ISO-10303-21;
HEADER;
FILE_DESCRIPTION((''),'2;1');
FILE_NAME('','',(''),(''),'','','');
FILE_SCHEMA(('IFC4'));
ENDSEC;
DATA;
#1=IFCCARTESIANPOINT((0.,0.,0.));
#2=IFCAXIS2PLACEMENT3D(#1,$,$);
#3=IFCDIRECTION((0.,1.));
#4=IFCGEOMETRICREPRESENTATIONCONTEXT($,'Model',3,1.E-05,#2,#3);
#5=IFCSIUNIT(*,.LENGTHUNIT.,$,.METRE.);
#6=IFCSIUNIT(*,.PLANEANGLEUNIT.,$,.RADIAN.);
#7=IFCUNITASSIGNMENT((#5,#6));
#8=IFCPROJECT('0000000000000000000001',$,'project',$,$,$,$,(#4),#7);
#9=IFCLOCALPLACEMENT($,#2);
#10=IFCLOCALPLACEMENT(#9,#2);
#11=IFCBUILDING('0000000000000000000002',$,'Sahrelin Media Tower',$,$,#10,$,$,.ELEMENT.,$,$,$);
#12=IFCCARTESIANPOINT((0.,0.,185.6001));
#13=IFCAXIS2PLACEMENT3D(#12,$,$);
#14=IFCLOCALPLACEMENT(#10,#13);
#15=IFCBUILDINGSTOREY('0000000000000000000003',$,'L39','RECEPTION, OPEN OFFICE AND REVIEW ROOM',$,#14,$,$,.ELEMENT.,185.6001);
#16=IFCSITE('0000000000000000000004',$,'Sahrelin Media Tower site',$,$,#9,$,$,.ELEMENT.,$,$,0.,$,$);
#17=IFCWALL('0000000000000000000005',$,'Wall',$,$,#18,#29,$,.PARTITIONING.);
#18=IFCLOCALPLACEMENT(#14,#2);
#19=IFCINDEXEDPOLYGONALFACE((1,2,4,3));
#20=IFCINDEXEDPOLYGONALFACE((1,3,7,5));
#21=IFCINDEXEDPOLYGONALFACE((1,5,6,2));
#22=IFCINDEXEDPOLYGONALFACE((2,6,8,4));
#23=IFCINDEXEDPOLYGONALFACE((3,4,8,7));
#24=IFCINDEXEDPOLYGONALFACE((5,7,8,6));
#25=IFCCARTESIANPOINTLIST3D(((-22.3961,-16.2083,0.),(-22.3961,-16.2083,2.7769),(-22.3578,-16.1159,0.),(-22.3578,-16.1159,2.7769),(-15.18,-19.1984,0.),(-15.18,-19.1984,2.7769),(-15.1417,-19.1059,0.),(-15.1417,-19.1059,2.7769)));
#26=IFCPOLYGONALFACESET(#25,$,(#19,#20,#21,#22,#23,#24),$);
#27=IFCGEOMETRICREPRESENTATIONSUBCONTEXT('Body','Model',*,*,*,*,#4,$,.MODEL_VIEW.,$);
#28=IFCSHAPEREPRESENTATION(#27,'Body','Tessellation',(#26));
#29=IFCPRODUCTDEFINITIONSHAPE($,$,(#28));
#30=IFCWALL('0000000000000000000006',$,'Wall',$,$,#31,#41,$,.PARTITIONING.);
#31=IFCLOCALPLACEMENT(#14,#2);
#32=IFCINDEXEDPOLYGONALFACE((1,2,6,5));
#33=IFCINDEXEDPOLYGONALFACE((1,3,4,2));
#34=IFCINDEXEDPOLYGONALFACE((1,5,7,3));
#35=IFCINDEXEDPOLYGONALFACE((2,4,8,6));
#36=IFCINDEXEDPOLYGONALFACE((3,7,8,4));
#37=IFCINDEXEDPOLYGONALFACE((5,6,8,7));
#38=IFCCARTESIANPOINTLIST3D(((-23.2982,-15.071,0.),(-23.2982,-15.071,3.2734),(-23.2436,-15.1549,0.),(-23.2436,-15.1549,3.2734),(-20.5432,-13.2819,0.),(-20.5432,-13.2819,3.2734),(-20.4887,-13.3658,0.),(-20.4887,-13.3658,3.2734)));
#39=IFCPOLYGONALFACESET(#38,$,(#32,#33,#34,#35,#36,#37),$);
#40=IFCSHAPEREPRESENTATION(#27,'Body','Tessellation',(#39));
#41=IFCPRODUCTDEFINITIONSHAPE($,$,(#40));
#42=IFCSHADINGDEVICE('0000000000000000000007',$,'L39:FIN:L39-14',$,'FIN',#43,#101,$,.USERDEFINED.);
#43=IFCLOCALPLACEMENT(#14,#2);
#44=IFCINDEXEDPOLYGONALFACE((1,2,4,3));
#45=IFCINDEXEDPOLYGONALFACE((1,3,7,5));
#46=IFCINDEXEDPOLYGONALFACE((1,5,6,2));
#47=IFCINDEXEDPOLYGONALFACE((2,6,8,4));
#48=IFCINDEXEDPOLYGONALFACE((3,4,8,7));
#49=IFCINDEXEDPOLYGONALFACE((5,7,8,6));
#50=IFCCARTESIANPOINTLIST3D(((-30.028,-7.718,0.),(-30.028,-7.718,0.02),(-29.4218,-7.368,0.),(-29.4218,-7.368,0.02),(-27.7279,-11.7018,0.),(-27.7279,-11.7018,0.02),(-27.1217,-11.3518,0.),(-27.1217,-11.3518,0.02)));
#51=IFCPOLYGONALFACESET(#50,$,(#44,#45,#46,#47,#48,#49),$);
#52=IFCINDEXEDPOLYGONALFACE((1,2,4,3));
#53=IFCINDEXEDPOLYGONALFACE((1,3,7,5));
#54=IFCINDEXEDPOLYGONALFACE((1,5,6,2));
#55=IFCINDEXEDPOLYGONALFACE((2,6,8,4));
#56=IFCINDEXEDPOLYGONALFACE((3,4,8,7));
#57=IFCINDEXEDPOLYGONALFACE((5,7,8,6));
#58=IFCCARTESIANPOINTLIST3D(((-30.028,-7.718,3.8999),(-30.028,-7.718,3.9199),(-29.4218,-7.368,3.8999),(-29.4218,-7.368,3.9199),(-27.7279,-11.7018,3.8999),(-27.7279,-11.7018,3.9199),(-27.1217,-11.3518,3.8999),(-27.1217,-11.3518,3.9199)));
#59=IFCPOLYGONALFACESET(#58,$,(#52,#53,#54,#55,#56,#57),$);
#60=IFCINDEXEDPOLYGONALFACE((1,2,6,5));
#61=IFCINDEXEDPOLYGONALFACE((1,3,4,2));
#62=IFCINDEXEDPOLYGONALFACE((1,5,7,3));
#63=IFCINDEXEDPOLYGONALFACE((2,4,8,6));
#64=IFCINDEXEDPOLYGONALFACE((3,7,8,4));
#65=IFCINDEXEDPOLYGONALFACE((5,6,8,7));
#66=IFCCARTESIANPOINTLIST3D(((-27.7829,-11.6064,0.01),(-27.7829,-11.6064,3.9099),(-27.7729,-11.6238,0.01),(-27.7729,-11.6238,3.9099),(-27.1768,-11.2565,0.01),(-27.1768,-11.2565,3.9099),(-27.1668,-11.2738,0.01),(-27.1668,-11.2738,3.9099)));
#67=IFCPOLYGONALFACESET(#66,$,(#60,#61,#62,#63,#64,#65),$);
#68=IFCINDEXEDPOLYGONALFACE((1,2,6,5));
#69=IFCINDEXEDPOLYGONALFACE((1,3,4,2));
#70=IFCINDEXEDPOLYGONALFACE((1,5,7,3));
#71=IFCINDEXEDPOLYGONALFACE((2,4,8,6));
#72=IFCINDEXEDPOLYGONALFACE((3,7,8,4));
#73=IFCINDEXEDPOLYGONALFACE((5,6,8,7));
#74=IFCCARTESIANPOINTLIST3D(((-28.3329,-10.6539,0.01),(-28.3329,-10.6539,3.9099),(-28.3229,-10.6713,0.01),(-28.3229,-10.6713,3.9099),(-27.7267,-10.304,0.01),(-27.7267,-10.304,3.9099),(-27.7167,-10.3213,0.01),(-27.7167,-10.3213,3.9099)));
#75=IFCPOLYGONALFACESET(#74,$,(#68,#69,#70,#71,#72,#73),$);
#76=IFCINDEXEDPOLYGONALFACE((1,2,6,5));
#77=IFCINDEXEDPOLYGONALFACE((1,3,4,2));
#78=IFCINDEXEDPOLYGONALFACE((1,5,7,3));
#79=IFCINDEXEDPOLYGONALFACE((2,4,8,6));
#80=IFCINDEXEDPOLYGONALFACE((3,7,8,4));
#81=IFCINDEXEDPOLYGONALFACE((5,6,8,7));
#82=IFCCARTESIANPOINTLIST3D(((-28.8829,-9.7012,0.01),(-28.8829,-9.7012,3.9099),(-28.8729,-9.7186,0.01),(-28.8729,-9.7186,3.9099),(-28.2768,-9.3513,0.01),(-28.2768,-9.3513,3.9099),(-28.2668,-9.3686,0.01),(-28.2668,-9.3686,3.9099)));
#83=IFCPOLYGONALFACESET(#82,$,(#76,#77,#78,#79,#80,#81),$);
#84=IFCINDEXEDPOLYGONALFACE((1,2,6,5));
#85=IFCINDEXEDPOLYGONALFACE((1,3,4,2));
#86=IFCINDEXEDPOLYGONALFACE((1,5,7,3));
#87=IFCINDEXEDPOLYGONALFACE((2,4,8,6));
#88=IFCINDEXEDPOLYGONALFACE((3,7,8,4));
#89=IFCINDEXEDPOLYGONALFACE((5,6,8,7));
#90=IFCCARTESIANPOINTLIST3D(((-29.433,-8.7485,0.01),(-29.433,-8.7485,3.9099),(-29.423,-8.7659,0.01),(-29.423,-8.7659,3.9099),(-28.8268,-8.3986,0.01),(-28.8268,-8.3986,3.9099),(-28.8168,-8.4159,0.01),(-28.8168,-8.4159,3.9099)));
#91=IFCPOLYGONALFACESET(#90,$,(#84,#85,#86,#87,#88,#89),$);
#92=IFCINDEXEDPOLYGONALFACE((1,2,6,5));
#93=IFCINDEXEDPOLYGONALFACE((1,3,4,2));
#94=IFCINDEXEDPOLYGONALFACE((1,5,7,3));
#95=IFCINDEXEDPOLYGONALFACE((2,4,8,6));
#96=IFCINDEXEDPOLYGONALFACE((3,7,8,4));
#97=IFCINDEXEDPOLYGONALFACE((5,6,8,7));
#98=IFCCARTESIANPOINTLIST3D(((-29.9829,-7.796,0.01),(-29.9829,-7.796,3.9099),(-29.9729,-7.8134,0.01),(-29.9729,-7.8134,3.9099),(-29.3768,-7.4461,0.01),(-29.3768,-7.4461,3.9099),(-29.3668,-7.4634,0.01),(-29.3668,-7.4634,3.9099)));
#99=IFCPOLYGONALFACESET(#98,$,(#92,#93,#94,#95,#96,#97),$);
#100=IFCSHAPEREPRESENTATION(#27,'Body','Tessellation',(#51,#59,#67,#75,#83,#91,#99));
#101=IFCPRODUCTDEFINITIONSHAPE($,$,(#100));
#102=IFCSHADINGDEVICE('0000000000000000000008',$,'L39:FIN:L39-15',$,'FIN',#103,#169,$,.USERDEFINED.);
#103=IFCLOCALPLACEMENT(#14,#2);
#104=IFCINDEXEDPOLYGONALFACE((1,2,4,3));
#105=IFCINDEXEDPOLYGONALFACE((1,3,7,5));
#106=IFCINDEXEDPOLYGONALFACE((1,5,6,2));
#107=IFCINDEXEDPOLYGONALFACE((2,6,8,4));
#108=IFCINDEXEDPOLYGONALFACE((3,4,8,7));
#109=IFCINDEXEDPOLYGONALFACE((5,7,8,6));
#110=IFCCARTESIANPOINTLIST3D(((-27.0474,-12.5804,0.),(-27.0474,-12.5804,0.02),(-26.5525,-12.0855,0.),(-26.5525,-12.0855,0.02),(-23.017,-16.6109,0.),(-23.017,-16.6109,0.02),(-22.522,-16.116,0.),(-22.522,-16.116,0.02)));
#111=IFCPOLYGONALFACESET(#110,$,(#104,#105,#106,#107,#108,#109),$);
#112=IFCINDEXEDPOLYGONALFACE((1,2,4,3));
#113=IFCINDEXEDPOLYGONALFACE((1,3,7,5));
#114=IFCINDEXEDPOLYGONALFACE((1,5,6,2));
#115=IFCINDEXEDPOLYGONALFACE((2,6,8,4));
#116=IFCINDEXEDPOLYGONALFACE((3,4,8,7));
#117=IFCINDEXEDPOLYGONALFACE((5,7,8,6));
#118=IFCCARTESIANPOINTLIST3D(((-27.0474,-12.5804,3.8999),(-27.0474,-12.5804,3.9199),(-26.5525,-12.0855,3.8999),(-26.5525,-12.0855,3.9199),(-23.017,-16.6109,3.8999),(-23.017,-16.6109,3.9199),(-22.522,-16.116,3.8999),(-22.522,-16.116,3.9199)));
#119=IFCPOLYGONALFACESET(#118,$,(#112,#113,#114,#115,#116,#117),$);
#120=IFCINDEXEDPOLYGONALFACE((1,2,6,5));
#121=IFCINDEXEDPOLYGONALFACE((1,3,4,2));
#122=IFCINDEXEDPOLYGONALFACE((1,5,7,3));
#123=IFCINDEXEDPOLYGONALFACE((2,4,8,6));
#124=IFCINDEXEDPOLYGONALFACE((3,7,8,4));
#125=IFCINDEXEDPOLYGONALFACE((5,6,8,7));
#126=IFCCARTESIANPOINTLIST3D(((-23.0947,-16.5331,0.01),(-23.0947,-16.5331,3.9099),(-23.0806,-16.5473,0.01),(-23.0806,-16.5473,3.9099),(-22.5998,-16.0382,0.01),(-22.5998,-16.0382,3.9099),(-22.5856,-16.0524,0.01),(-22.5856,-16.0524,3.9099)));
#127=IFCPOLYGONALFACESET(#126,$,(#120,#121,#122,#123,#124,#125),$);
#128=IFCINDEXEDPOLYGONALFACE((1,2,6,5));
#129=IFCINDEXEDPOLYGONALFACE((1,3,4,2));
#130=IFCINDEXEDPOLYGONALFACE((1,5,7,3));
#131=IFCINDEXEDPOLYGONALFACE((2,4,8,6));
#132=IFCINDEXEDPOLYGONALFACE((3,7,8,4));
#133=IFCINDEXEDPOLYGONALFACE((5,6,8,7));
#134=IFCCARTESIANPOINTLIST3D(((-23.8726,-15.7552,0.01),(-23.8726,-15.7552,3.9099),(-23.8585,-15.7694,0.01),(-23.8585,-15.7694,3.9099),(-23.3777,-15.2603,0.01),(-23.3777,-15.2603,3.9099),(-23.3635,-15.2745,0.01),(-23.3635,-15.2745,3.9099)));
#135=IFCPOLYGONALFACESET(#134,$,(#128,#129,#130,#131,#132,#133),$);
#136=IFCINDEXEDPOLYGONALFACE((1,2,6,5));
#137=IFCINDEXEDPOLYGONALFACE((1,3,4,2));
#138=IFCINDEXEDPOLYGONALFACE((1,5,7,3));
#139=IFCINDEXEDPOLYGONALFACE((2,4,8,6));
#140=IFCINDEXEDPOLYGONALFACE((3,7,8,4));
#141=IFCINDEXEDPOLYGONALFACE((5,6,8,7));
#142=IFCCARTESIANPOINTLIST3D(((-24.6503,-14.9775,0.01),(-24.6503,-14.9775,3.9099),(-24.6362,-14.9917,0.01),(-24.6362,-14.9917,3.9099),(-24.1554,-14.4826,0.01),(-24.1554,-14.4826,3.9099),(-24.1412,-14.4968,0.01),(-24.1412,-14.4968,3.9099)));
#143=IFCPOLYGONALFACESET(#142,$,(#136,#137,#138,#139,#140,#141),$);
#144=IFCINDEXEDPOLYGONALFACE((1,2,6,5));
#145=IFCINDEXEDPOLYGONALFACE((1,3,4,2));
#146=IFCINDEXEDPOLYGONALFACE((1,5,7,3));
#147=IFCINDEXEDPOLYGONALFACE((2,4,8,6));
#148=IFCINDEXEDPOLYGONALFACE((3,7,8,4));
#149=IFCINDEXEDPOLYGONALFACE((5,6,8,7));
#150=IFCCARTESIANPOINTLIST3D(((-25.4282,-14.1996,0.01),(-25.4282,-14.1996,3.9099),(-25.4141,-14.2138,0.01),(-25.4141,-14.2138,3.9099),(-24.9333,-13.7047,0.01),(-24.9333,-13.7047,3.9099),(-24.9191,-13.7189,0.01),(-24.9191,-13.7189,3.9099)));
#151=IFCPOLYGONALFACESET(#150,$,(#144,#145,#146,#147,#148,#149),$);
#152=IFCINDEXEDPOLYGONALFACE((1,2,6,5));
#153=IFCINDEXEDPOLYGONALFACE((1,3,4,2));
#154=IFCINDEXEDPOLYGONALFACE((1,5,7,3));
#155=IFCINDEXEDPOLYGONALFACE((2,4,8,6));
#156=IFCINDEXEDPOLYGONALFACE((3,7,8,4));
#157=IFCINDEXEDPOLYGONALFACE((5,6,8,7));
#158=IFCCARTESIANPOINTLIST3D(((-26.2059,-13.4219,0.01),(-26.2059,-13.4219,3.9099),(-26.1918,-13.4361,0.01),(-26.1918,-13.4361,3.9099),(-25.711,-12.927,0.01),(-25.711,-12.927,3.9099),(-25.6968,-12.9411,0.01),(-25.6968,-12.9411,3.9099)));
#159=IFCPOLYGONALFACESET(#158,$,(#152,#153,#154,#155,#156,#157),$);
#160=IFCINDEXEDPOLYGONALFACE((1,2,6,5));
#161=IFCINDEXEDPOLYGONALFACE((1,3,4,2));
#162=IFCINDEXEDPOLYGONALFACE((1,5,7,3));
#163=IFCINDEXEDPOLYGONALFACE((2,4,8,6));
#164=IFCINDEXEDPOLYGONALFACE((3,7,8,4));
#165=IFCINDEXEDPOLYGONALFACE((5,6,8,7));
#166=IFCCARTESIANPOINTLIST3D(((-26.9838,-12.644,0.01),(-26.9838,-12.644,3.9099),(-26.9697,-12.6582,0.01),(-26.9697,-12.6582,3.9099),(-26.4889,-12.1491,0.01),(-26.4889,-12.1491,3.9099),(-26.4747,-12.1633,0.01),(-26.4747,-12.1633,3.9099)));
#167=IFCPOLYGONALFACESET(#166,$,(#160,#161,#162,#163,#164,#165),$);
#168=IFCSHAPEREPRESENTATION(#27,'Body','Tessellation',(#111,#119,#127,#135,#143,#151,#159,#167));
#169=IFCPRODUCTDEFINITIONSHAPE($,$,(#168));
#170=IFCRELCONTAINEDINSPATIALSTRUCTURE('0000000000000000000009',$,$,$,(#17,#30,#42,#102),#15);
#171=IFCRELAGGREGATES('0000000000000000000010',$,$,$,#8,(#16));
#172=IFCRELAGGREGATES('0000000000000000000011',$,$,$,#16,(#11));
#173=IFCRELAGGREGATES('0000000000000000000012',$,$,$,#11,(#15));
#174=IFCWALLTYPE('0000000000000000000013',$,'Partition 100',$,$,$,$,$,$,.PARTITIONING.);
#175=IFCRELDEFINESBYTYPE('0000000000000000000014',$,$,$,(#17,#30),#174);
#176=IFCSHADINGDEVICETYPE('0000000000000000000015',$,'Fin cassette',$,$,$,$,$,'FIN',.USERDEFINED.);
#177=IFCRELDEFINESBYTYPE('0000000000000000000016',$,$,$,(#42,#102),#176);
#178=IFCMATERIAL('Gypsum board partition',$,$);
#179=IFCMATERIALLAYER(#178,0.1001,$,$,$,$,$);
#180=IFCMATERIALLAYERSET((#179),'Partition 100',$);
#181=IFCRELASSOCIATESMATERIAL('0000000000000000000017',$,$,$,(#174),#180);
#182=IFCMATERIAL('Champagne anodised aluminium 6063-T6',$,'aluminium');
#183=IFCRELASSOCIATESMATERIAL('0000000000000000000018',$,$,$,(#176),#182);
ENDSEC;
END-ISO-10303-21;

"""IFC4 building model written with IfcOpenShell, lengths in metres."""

from ifc_helpers import new_model, si_unit, direction, frame, frame_2d, origin, origin_2d, place, context, subcontext, project, spatial, rectangle, extrude, material, layer, layer_set, type_object, element, save


model = new_model("IFC4")

# Units and contexts
model_context = context("Model", 3, precision=1e-05, world=origin(), true_north=direction((0.0, 1.0)))
body_context = subcontext(model_context, "Body", "Model", "MODEL_VIEW")
ifc_project = project(units=[si_unit("LENGTHUNIT", "METRE"), si_unit("PLANEANGLEUNIT", "RADIAN")], contexts=[model_context])

# Site, building, storey
site_placement = place(None, origin())
site = spatial("IfcSite", under=ifc_project, at=site_placement, Name="Sahrelin Media Tower site", CompositionType="ELEMENT", RefElevation=0.0)
building_placement = place(site_placement, origin())
building = spatial("IfcBuilding", under=site, at=building_placement, Name="Sahrelin Media Tower", CompositionType="ELEMENT")
storey_placement = place(building_placement, frame((0.0, 0.0, 185.6001)))
storey = spatial("IfcBuildingStorey", under=building, at=storey_placement, Name="L39", Description="RECEPTION, OPEN OFFICE AND REVIEW ROOM", CompositionType="ELEMENT", Elevation=185.6001)

# Shared definitions
ifc_material_1 = material(Name="Champagne anodised aluminium 6063-T6", Category="aluminium")

# Walls
ifc_material_2 = material(Name="Gypsum board partition")
ifc_layer_1 = layer(ifc_material_2, 0.1001)
ifc_layer_set_1 = layer_set([ifc_layer_1], Name="Partition 100")
wall_type_1 = type_object("IfcWallType", Name="Partition 100", PredefinedType="PARTITIONING", material=ifc_layer_set_1)
wall_1_placement = place(storey_placement, frame((-22.377, -16.1621, 0.0), z_axis=(0.0, 0.0, 1.0), x_axis=(0.923834, -0.382793, 0.0)))
element("IfcWall", 1, at=wall_1_placement, inside=storey, type_object=wall_type_1, Name="Wall", PredefinedType="PARTITIONING", context=body_context, shape_type="SweptSolid", body=[
    extrude(rectangle(XDim=7.811, YDim=0.1001, at=frame_2d((3.9055, 0.0))), origin(), (0.0, 0.0, 1.0), 2.7769),
])
wall_2_placement = place(storey_placement, frame((-23.271, -15.113, 0.0), z_axis=(0.0, 0.0, 1.0), x_axis=(0.838668, 0.544643, 0.0)))
element("IfcWall", 2, at=wall_2_placement, inside=storey, type_object=wall_type_1, Name="Wall", PredefinedType="PARTITIONING", context=body_context, shape_type="SweptSolid", body=[
    extrude(rectangle(XDim=3.2849, YDim=0.1001, at=frame_2d((1.6426, 0.0))), origin(), (0.0, 0.0, 1.0), 3.2734),
])

# Shading devices
shading_device_type_1 = type_object("IfcShadingDeviceType", Name="Fin cassette", ElementType="FIN", PredefinedType="USERDEFINED", material=ifc_material_1)
placement_1 = place(storey_placement, frame((-28.2112, -9.325, 0.0), z_axis=(0.0, 0.0, 1.0), x_axis=(-0.500011, 0.866019, 0.0)))
element("IfcShadingDevice", 3, at=placement_1, inside=storey, type_object=shading_device_type_1, Name="L39:FIN:L39-14", ObjectType="FIN", PredefinedType="USERDEFINED", context=body_context, shape_type="SweptSolid", body=[
    extrude(rectangle(XDim=4.6001, YDim=0.7, at=origin_2d()), frame((0.0, 0.4199, 0.0)), (0.0, 0.0, 1.0), 0.02),
    extrude(rectangle(XDim=4.6001, YDim=0.7, at=origin_2d()), frame((0.0, 0.4199, 3.8999)), (0.0, 0.0, 1.0), 0.02),
    extrude(rectangle(XDim=0.02, YDim=0.7, at=origin_2d()), frame((-2.2, 0.4199, 0.01), z_axis=(0.0, 0.0, 1.0), x_axis=(1.0, 0.0, 0.0)), (0.0, 0.0, 1.0), 3.8999),
    extrude(rectangle(XDim=0.02, YDim=0.7, at=origin_2d()), frame((-1.1001, 0.4199, 0.01), z_axis=(0.0, 0.0, 1.0), x_axis=(1.0, 0.0, 0.0)), (0.0, 0.0, 1.0), 3.8999),
    extrude(rectangle(XDim=0.02, YDim=0.7, at=origin_2d()), frame((0.0, 0.4199, 0.01), z_axis=(0.0, 0.0, 1.0), x_axis=(1.0, 0.0, 0.0)), (0.0, 0.0, 1.0), 3.8999),
    extrude(rectangle(XDim=0.02, YDim=0.7, at=origin_2d()), frame((1.1001, 0.4199, 0.01), z_axis=(0.0, 0.0, 1.0), x_axis=(1.0, 0.0, 0.0)), (0.0, 0.0, 1.0), 3.8999),
    extrude(rectangle(XDim=0.02, YDim=0.7, at=origin_2d()), frame((2.2, 0.4199, 0.01), z_axis=(0.0, 0.0, 1.0), x_axis=(1.0, 0.0, 0.0)), (0.0, 0.0, 1.0), 3.8999),
])
placement_2 = place(storey_placement, frame((-24.4878, -14.0513, 0.0), z_axis=(0.0, 0.0, 1.0), x_axis=(-0.707107, 0.707107, 0.0)))
element("IfcShadingDevice", 4, at=placement_2, inside=storey, type_object=shading_device_type_1, Name="L39:FIN:L39-15", ObjectType="FIN", PredefinedType="USERDEFINED", context=body_context, shape_type="SweptSolid", body=[
    extrude(rectangle(XDim=5.7, YDim=0.7, at=origin_2d()), frame((0.0, 0.4199, 0.0)), (0.0, 0.0, 1.0), 0.02),
    extrude(rectangle(XDim=5.7, YDim=0.7, at=origin_2d()), frame((0.0, 0.4199, 3.8999)), (0.0, 0.0, 1.0), 0.02),
    extrude(rectangle(XDim=0.02, YDim=0.7, at=origin_2d()), frame((-2.75, 0.4199, 0.01), z_axis=(0.0, 0.0, 1.0), x_axis=(1.0, 0.0, 0.0)), (0.0, 0.0, 1.0), 3.8999),
    extrude(rectangle(XDim=0.02, YDim=0.7, at=origin_2d()), frame((-1.6499, 0.4199, 0.01), z_axis=(0.0, 0.0, 1.0), x_axis=(1.0, 0.0, 0.0)), (0.0, 0.0, 1.0), 3.8999),
    extrude(rectangle(XDim=0.02, YDim=0.7, at=origin_2d()), frame((-0.55, 0.4199, 0.01), z_axis=(0.0, 0.0, 1.0), x_axis=(1.0, 0.0, 0.0)), (0.0, 0.0, 1.0), 3.8999),
    extrude(rectangle(XDim=0.02, YDim=0.7, at=origin_2d()), frame((0.55, 0.4199, 0.01), z_axis=(0.0, 0.0, 1.0), x_axis=(1.0, 0.0, 0.0)), (0.0, 0.0, 1.0), 3.8999),
    extrude(rectangle(XDim=0.02, YDim=0.7, at=origin_2d()), frame((1.6499, 0.4199, 0.01), z_axis=(0.0, 0.0, 1.0), x_axis=(1.0, 0.0, 0.0)), (0.0, 0.0, 1.0), 3.8999),
    extrude(rectangle(XDim=0.02, YDim=0.7, at=origin_2d()), frame((2.75, 0.4199, 0.01), z_axis=(0.0, 0.0, 1.0), x_axis=(1.0, 0.0, 0.0)), (0.0, 0.0, 1.0), 3.8999),
])

save(model, "model.ifc")
